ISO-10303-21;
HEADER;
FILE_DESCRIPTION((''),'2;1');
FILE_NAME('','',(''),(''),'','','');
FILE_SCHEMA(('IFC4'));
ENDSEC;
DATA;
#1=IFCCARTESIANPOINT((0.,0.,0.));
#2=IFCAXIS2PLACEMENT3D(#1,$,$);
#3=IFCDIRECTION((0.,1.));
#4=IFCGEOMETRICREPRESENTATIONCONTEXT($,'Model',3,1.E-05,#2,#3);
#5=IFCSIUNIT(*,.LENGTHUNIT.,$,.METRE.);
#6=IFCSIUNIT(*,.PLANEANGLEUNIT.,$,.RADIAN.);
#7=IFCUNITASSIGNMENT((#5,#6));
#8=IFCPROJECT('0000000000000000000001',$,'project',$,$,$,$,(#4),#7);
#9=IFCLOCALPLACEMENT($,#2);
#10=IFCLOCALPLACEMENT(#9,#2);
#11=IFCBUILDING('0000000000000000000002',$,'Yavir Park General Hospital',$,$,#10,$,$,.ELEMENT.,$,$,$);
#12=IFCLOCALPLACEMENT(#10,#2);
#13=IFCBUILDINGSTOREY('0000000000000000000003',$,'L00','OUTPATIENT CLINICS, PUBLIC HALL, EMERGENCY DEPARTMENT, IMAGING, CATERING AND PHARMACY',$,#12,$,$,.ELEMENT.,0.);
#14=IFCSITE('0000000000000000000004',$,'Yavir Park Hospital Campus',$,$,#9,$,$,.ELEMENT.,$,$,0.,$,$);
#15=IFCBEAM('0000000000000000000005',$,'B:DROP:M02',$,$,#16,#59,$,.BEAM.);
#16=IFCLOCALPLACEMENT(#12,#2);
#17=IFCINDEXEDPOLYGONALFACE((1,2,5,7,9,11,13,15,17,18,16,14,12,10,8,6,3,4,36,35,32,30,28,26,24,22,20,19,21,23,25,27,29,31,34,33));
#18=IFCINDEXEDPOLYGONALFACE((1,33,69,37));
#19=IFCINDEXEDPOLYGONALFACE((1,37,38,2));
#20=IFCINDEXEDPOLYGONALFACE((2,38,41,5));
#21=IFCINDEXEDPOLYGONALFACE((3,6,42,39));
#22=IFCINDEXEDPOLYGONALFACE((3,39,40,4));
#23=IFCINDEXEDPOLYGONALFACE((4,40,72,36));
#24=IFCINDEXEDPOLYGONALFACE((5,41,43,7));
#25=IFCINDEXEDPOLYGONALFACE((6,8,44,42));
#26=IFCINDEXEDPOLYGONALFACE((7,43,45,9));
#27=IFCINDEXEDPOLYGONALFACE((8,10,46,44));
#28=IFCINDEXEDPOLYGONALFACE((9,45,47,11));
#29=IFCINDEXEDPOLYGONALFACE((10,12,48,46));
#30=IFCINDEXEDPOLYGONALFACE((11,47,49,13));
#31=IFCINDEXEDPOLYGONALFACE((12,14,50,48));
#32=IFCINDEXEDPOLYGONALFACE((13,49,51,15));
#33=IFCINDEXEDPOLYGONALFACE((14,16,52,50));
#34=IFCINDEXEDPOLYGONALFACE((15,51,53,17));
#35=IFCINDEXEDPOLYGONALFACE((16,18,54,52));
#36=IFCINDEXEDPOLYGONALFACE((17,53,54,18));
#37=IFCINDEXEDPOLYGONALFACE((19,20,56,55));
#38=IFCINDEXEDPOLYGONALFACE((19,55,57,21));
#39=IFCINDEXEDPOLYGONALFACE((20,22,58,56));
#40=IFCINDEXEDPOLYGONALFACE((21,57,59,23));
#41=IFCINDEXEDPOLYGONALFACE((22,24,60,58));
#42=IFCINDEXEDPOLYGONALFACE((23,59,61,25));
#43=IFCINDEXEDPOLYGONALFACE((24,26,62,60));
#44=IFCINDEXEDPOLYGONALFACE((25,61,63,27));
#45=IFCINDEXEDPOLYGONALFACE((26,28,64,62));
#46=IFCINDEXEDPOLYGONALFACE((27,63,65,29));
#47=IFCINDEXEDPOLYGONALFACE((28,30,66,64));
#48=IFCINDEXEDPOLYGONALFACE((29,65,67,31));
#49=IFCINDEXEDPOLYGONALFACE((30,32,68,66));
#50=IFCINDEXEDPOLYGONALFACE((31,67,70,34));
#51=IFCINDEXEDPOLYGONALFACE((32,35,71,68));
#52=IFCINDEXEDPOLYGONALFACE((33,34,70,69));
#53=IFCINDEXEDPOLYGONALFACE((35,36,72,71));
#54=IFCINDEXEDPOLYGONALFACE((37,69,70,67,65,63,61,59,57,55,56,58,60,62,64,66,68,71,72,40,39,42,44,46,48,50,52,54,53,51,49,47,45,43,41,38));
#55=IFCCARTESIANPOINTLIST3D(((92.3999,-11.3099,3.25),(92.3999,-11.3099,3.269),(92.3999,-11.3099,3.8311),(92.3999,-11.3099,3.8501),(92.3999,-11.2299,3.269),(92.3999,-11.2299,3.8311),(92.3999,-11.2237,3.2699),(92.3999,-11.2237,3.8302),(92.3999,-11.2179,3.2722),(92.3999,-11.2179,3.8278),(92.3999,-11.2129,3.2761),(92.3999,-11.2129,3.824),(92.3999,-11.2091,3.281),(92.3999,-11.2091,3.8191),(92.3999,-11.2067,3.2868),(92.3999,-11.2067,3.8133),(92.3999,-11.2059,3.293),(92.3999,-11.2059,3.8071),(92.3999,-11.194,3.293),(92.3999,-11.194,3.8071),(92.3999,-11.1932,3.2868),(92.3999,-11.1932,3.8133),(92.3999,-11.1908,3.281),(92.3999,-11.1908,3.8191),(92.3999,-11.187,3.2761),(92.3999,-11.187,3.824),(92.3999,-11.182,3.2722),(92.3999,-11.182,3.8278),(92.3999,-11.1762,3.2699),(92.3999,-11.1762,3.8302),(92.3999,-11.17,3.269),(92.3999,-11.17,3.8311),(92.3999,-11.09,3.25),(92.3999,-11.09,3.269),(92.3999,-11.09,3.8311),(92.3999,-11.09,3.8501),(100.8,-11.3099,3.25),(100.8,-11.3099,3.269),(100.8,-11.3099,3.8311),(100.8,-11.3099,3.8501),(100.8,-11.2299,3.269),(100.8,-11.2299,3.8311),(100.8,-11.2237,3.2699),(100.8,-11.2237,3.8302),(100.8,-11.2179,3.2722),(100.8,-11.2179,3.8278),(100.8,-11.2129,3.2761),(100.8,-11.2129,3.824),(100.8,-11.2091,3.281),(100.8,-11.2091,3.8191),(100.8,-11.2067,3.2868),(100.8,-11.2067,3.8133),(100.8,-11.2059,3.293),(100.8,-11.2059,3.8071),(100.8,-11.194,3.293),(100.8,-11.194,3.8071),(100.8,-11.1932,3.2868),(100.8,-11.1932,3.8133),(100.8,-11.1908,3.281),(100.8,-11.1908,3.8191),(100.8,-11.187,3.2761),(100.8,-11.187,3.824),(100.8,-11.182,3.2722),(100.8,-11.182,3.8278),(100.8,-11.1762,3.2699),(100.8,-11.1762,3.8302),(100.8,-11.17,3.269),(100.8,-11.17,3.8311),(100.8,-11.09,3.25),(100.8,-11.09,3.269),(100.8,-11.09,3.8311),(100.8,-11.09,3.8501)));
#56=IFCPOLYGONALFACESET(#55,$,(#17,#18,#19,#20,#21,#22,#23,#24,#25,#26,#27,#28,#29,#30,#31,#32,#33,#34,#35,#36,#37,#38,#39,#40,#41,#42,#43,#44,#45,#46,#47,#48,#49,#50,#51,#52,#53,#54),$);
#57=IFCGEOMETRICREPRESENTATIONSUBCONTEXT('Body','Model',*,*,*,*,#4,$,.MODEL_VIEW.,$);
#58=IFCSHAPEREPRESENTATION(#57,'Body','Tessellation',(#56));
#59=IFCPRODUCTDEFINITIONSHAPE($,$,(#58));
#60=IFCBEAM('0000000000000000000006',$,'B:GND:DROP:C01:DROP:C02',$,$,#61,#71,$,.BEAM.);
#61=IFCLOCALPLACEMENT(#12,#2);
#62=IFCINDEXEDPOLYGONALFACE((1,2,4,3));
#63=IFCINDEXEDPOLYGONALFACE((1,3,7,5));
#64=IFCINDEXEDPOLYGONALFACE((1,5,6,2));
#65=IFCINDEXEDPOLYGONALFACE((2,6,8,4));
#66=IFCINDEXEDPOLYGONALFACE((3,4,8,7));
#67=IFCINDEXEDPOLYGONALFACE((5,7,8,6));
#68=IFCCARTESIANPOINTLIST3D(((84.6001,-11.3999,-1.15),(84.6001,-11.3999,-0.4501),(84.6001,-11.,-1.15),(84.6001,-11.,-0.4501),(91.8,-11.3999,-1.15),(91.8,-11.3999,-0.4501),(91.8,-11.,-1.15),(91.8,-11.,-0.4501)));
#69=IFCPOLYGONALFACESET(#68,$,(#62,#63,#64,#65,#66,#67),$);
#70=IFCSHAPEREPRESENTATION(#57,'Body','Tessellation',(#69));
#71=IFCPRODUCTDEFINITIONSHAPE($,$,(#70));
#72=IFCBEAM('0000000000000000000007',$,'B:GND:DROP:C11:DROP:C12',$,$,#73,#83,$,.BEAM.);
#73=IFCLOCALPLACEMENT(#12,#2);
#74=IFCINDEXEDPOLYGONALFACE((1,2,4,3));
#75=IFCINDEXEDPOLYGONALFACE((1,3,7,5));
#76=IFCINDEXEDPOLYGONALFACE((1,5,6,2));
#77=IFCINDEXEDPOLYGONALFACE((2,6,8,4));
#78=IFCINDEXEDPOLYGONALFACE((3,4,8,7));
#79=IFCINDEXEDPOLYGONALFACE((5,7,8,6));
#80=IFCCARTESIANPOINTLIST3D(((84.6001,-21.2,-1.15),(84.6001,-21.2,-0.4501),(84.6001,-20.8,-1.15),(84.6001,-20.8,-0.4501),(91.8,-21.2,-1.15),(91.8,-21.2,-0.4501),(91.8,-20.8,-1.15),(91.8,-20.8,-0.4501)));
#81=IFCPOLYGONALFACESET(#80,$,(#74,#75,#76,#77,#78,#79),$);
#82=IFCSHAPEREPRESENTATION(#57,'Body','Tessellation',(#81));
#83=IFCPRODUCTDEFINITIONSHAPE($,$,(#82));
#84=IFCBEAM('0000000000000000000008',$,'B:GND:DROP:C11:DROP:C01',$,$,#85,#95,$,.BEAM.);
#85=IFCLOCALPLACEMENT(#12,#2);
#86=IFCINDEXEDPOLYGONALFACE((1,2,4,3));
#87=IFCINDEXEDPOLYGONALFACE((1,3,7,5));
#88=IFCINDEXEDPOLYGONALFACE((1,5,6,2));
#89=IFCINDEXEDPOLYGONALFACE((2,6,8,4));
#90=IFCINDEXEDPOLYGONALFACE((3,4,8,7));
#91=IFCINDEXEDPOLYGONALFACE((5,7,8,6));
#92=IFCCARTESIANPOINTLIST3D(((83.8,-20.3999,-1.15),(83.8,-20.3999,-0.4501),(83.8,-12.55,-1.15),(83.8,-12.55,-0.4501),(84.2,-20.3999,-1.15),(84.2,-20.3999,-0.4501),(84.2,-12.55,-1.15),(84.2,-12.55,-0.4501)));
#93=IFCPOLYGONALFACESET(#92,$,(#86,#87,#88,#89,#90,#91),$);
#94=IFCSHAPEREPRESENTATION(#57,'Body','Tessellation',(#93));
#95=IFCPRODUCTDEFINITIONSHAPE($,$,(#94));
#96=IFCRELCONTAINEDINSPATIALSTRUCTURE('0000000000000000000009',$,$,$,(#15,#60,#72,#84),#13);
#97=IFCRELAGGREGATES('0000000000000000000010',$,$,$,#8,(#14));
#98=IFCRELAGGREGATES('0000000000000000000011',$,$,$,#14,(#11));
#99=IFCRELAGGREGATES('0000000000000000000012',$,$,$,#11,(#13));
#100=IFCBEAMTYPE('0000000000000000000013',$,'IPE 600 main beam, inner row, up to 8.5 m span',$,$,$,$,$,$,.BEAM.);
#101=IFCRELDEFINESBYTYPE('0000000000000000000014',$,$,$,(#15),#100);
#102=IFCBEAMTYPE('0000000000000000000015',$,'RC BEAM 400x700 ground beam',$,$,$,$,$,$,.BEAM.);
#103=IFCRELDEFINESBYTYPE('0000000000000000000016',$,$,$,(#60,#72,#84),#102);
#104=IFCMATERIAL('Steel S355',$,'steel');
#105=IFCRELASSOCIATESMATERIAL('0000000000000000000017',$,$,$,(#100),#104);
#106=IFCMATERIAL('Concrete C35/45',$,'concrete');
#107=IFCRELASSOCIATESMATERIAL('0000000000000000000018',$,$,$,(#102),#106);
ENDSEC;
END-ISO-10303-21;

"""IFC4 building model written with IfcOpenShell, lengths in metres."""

from ifc_helpers import new_model, si_unit, direction, frame, origin, origin_2d, place, context, subcontext, project, spatial, rectangle, i_section, extrude, material, material_profile, profile_set, type_object, element, save


model = new_model("IFC4")

# Units and contexts
model_context = context("Model", 3, precision=1e-05, world=origin(), true_north=direction((0.0, 1.0)))
body_context = subcontext(model_context, "Body", "Model", "MODEL_VIEW")
ifc_project = project(units=[si_unit("LENGTHUNIT", "METRE"), si_unit("PLANEANGLEUNIT", "RADIAN")], contexts=[model_context])

# Site, building, storey
site_placement = place(None, origin())
site = spatial("IfcSite", under=ifc_project, at=site_placement, Name="Yavir Park Hospital Campus", CompositionType="ELEMENT", RefElevation=0.0)
building_placement = place(site_placement, origin())
building = spatial("IfcBuilding", under=site, at=building_placement, Name="Yavir Park General Hospital", CompositionType="ELEMENT")
storey_placement = place(building_placement, origin())
storey = spatial("IfcBuildingStorey", under=building, at=storey_placement, Name="L00", Description="OUTPATIENT CLINICS, PUBLIC HALL, EMERGENCY DEPARTMENT, IMAGING, CATERING AND PHARMACY", CompositionType="ELEMENT", Elevation=0.0)

# Beams
ifc_material_1 = material(Name="Steel S355", Category="steel")
ifc_material_profile_1 = material_profile(ifc_material_1, i_section(OverallWidth=0.22, OverallDepth=0.6001, WebThickness=0.012, FlangeThickness=0.019, FilletRadius=0.0239, at=origin_2d()), Name="IPE600")
ifc_profile_set_1 = profile_set([ifc_material_profile_1], Name="Steel S355")
beam_type_1 = type_object("IfcBeamType", Name="IPE 600 main beam, inner row, up to 8.5 m span", PredefinedType="BEAM", material=ifc_profile_set_1)
beam_1_placement = place(storey_placement, frame((92.3999, -11.2, 3.55), z_axis=(1.0, 0.0, 0.0), x_axis=(0.0, 1.0, 0.0)))
element("IfcBeam", 1, at=beam_1_placement, inside=storey, type_object=beam_type_1, Name="B:DROP:M02", PredefinedType="BEAM", context=body_context, shape_type="SweptSolid", body=[
    extrude(i_section(OverallWidth=0.22, OverallDepth=0.6001, WebThickness=0.012, FlangeThickness=0.019, FilletRadius=0.0239, at=origin_2d()), origin(), (0.0, 0.0, 1.0), 8.4001),
])
ifc_material_2 = material(Name="Concrete C35/45", Category="concrete")
ifc_material_profile_2 = material_profile(ifc_material_2, rectangle(XDim=0.3999, YDim=0.7, at=origin_2d()), Name="RC400x700")
ifc_profile_set_2 = profile_set([ifc_material_profile_2], Name="Concrete C35/45")
beam_type_2 = type_object("IfcBeamType", Name="RC BEAM 400x700 ground beam", PredefinedType="BEAM", material=ifc_profile_set_2)
for number, where, z_axis, x_axis, name in (
    (2, (84.6001, -11.2, -0.8), (1.0, 0.0, 0.0), (0.0, 1.0, 0.0), "B:GND:DROP:C01:DROP:C02"),
    (3, (84.6001, -21.0, -0.8), (1.0, 0.0, 0.0), (0.0, 1.0, 0.0), "B:GND:DROP:C11:DROP:C12"),
):
    element("IfcBeam", number, at=place(storey_placement, frame(where, z_axis=z_axis, x_axis=x_axis)), inside=storey, type_object=beam_type_2, Name=name, PredefinedType="BEAM", context=body_context, shape_type="SweptSolid", body=[
        extrude(rectangle(XDim=0.3999, YDim=0.7, at=origin_2d()), origin(), (0.0, 0.0, 1.0), 7.2),
    ])
beam_2_placement = place(storey_placement, frame((84.0, -20.3999, -0.8), z_axis=(0.0, 1.0, 0.0), x_axis=(-1.0, 0.0, 0.0)))
element("IfcBeam", 4, at=beam_2_placement, inside=storey, type_object=beam_type_2, Name="B:GND:DROP:C11:DROP:C01", PredefinedType="BEAM", context=body_context, shape_type="SweptSolid", body=[
    extrude(rectangle(XDim=0.3999, YDim=0.7, at=origin_2d()), origin(), (0.0, 0.0, 1.0), 7.8499),
])

save(model, "model.ifc")
